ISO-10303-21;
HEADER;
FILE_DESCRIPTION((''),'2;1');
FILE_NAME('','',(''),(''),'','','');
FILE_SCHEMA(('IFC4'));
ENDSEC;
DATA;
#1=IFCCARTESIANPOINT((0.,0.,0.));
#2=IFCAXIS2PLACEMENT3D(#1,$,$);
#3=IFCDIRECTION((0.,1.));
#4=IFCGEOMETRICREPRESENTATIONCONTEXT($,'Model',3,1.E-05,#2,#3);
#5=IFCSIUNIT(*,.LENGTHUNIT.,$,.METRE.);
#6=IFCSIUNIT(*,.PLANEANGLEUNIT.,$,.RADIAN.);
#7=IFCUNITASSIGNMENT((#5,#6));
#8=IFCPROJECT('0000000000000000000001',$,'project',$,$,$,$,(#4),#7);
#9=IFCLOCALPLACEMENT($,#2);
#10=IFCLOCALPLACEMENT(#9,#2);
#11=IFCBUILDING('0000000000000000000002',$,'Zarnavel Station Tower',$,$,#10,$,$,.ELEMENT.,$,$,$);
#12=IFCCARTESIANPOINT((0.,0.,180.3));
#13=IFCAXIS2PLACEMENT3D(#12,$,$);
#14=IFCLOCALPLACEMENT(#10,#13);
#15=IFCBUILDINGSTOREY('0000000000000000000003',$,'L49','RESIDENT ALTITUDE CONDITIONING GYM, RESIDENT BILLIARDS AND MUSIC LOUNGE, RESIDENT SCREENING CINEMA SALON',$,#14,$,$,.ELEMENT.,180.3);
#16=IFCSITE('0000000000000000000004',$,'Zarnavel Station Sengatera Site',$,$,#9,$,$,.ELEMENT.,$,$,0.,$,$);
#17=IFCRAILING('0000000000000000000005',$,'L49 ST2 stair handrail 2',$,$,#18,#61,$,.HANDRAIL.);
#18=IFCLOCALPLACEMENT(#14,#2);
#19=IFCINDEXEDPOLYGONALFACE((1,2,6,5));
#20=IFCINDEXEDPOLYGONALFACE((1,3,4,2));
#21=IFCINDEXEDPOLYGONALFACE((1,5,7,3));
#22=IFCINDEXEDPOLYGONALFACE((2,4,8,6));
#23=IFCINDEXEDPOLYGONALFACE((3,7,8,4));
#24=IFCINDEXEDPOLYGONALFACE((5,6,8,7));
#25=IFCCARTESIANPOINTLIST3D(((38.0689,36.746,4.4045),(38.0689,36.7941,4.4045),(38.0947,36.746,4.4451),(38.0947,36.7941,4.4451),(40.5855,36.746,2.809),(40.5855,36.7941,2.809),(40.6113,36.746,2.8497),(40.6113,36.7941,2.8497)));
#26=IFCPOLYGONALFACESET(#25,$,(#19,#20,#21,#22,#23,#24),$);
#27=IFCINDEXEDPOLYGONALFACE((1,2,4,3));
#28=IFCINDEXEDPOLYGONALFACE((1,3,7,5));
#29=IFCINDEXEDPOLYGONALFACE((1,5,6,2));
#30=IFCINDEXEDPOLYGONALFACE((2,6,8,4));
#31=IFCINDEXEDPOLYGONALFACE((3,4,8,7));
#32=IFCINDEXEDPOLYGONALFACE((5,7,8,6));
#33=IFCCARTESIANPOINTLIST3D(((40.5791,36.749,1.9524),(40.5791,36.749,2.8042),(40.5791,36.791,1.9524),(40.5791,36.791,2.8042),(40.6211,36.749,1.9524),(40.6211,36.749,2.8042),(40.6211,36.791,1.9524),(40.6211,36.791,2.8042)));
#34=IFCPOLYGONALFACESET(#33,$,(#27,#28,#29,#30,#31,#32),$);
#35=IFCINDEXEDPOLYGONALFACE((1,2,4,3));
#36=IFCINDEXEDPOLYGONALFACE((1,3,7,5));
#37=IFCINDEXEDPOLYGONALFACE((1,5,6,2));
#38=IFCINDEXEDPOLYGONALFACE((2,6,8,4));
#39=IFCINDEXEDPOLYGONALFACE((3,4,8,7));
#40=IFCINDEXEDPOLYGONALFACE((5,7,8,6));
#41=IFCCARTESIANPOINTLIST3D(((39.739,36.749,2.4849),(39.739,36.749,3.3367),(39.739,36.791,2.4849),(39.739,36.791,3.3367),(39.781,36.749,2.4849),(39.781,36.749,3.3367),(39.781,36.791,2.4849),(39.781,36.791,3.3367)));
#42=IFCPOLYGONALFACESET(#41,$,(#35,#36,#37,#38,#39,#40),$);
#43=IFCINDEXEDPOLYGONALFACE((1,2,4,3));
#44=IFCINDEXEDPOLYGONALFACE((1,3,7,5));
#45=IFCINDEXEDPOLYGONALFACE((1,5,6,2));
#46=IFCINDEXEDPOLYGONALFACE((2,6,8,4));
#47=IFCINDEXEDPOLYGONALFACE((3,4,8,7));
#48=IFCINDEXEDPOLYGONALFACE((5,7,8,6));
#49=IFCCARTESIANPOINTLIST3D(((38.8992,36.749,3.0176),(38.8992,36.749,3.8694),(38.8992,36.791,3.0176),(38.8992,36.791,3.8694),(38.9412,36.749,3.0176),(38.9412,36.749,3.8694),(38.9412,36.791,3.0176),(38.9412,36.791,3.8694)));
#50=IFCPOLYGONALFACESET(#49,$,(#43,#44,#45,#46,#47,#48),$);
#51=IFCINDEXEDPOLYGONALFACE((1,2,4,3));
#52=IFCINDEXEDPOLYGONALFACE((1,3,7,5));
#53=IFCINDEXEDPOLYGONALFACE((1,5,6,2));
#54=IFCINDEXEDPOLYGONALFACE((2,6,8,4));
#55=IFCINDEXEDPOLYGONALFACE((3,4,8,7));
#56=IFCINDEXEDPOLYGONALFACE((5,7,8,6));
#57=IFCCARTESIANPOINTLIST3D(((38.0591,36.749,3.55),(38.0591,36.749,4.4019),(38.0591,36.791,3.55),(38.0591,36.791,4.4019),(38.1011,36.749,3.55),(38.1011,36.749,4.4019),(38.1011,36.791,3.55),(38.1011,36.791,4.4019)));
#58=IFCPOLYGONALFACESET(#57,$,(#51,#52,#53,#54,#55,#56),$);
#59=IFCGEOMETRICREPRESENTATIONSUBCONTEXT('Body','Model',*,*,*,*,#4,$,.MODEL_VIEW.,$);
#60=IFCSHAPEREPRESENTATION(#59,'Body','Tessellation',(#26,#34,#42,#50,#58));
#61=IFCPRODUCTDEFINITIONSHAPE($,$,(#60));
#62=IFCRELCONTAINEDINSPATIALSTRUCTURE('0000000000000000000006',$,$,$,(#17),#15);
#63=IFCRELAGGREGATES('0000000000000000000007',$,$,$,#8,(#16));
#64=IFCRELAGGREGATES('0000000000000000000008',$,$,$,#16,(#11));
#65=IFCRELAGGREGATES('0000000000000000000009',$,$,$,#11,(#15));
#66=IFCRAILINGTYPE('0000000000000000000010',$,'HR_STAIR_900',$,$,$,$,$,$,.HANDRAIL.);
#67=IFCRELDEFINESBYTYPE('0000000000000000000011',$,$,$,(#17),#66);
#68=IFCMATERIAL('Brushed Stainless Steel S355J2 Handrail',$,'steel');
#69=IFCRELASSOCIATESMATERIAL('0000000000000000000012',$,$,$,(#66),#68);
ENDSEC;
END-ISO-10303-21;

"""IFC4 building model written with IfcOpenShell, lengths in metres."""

from ifc_helpers import new_model, si_unit, direction, frame, origin, origin_2d, place, context, subcontext, project, spatial, rectangle, extrude, material, type_object, element, save


model = new_model("IFC4")

# Units and contexts
model_context = context("Model", 3, precision=1e-05, world=origin(), true_north=direction((0.0, 1.0)))
body_context = subcontext(model_context, "Body", "Model", "MODEL_VIEW")
ifc_project = project(units=[si_unit("LENGTHUNIT", "METRE"), si_unit("PLANEANGLEUNIT", "RADIAN")], contexts=[model_context])

# Site, building, storey
site_placement = place(None, origin())
site = spatial("IfcSite", under=ifc_project, at=site_placement, Name="Zarnavel Station Sengatera Site", CompositionType="ELEMENT", RefElevation=0.0)
building_placement = place(site_placement, origin())
building = spatial("IfcBuilding", under=site, at=building_placement, Name="Zarnavel Station Tower", CompositionType="ELEMENT")
storey_placement = place(building_placement, frame((0.0, 0.0, 180.3)))
storey = spatial("IfcBuildingStorey", under=building, at=storey_placement, Name="L49", Description="RESIDENT ALTITUDE CONDITIONING GYM, RESIDENT BILLIARDS AND MUSIC LOUNGE, RESIDENT SCREENING CINEMA SALON", CompositionType="ELEMENT", Elevation=180.3)

# Railing
ifc_material_1 = material(Name="Brushed Stainless Steel S355J2 Handrail", Category="steel")
railing_type_1 = type_object("IfcRailingType", Name="HR_STAIR_900", PredefinedType="HANDRAIL", material=ifc_material_1)
railing_1_placement = place(storey_placement, frame((40.6001, 36.77, 1.9524)))
element("IfcRailing", 1, at=railing_1_placement, inside=storey, type_object=railing_type_1, Name="L49 ST2 stair handrail 2", PredefinedType="HANDRAIL", context=body_context, shape_type="SweptSolid", body=[
    extrude(rectangle(XDim=0.0481, YDim=0.0481, at=origin_2d()), frame((-0.0017, 0.0, 0.877), z_axis=(-0.84457, 0.0, 0.535445), x_axis=(0.0, -1.0, 0.0)), (0.0, 0.0, 1.0), 2.9797),
    extrude(rectangle(XDim=0.042, YDim=0.042, at=origin_2d()), origin(), (0.0, 0.0, 1.0), 0.8518),
    extrude(rectangle(XDim=0.042, YDim=0.042, at=origin_2d()), frame((-0.8401, 0.0, 0.5325)), (0.0, 0.0, 1.0), 0.8518),
    extrude(rectangle(XDim=0.042, YDim=0.042, at=origin_2d()), frame((-1.6799, 0.0, 1.0652)), (0.0, 0.0, 1.0), 0.8518),
    extrude(rectangle(XDim=0.042, YDim=0.042, at=origin_2d()), frame((-2.52, 0.0, 1.5977)), (0.0, 0.0, 1.0), 0.8518),
])

save(model, "model.ifc")
